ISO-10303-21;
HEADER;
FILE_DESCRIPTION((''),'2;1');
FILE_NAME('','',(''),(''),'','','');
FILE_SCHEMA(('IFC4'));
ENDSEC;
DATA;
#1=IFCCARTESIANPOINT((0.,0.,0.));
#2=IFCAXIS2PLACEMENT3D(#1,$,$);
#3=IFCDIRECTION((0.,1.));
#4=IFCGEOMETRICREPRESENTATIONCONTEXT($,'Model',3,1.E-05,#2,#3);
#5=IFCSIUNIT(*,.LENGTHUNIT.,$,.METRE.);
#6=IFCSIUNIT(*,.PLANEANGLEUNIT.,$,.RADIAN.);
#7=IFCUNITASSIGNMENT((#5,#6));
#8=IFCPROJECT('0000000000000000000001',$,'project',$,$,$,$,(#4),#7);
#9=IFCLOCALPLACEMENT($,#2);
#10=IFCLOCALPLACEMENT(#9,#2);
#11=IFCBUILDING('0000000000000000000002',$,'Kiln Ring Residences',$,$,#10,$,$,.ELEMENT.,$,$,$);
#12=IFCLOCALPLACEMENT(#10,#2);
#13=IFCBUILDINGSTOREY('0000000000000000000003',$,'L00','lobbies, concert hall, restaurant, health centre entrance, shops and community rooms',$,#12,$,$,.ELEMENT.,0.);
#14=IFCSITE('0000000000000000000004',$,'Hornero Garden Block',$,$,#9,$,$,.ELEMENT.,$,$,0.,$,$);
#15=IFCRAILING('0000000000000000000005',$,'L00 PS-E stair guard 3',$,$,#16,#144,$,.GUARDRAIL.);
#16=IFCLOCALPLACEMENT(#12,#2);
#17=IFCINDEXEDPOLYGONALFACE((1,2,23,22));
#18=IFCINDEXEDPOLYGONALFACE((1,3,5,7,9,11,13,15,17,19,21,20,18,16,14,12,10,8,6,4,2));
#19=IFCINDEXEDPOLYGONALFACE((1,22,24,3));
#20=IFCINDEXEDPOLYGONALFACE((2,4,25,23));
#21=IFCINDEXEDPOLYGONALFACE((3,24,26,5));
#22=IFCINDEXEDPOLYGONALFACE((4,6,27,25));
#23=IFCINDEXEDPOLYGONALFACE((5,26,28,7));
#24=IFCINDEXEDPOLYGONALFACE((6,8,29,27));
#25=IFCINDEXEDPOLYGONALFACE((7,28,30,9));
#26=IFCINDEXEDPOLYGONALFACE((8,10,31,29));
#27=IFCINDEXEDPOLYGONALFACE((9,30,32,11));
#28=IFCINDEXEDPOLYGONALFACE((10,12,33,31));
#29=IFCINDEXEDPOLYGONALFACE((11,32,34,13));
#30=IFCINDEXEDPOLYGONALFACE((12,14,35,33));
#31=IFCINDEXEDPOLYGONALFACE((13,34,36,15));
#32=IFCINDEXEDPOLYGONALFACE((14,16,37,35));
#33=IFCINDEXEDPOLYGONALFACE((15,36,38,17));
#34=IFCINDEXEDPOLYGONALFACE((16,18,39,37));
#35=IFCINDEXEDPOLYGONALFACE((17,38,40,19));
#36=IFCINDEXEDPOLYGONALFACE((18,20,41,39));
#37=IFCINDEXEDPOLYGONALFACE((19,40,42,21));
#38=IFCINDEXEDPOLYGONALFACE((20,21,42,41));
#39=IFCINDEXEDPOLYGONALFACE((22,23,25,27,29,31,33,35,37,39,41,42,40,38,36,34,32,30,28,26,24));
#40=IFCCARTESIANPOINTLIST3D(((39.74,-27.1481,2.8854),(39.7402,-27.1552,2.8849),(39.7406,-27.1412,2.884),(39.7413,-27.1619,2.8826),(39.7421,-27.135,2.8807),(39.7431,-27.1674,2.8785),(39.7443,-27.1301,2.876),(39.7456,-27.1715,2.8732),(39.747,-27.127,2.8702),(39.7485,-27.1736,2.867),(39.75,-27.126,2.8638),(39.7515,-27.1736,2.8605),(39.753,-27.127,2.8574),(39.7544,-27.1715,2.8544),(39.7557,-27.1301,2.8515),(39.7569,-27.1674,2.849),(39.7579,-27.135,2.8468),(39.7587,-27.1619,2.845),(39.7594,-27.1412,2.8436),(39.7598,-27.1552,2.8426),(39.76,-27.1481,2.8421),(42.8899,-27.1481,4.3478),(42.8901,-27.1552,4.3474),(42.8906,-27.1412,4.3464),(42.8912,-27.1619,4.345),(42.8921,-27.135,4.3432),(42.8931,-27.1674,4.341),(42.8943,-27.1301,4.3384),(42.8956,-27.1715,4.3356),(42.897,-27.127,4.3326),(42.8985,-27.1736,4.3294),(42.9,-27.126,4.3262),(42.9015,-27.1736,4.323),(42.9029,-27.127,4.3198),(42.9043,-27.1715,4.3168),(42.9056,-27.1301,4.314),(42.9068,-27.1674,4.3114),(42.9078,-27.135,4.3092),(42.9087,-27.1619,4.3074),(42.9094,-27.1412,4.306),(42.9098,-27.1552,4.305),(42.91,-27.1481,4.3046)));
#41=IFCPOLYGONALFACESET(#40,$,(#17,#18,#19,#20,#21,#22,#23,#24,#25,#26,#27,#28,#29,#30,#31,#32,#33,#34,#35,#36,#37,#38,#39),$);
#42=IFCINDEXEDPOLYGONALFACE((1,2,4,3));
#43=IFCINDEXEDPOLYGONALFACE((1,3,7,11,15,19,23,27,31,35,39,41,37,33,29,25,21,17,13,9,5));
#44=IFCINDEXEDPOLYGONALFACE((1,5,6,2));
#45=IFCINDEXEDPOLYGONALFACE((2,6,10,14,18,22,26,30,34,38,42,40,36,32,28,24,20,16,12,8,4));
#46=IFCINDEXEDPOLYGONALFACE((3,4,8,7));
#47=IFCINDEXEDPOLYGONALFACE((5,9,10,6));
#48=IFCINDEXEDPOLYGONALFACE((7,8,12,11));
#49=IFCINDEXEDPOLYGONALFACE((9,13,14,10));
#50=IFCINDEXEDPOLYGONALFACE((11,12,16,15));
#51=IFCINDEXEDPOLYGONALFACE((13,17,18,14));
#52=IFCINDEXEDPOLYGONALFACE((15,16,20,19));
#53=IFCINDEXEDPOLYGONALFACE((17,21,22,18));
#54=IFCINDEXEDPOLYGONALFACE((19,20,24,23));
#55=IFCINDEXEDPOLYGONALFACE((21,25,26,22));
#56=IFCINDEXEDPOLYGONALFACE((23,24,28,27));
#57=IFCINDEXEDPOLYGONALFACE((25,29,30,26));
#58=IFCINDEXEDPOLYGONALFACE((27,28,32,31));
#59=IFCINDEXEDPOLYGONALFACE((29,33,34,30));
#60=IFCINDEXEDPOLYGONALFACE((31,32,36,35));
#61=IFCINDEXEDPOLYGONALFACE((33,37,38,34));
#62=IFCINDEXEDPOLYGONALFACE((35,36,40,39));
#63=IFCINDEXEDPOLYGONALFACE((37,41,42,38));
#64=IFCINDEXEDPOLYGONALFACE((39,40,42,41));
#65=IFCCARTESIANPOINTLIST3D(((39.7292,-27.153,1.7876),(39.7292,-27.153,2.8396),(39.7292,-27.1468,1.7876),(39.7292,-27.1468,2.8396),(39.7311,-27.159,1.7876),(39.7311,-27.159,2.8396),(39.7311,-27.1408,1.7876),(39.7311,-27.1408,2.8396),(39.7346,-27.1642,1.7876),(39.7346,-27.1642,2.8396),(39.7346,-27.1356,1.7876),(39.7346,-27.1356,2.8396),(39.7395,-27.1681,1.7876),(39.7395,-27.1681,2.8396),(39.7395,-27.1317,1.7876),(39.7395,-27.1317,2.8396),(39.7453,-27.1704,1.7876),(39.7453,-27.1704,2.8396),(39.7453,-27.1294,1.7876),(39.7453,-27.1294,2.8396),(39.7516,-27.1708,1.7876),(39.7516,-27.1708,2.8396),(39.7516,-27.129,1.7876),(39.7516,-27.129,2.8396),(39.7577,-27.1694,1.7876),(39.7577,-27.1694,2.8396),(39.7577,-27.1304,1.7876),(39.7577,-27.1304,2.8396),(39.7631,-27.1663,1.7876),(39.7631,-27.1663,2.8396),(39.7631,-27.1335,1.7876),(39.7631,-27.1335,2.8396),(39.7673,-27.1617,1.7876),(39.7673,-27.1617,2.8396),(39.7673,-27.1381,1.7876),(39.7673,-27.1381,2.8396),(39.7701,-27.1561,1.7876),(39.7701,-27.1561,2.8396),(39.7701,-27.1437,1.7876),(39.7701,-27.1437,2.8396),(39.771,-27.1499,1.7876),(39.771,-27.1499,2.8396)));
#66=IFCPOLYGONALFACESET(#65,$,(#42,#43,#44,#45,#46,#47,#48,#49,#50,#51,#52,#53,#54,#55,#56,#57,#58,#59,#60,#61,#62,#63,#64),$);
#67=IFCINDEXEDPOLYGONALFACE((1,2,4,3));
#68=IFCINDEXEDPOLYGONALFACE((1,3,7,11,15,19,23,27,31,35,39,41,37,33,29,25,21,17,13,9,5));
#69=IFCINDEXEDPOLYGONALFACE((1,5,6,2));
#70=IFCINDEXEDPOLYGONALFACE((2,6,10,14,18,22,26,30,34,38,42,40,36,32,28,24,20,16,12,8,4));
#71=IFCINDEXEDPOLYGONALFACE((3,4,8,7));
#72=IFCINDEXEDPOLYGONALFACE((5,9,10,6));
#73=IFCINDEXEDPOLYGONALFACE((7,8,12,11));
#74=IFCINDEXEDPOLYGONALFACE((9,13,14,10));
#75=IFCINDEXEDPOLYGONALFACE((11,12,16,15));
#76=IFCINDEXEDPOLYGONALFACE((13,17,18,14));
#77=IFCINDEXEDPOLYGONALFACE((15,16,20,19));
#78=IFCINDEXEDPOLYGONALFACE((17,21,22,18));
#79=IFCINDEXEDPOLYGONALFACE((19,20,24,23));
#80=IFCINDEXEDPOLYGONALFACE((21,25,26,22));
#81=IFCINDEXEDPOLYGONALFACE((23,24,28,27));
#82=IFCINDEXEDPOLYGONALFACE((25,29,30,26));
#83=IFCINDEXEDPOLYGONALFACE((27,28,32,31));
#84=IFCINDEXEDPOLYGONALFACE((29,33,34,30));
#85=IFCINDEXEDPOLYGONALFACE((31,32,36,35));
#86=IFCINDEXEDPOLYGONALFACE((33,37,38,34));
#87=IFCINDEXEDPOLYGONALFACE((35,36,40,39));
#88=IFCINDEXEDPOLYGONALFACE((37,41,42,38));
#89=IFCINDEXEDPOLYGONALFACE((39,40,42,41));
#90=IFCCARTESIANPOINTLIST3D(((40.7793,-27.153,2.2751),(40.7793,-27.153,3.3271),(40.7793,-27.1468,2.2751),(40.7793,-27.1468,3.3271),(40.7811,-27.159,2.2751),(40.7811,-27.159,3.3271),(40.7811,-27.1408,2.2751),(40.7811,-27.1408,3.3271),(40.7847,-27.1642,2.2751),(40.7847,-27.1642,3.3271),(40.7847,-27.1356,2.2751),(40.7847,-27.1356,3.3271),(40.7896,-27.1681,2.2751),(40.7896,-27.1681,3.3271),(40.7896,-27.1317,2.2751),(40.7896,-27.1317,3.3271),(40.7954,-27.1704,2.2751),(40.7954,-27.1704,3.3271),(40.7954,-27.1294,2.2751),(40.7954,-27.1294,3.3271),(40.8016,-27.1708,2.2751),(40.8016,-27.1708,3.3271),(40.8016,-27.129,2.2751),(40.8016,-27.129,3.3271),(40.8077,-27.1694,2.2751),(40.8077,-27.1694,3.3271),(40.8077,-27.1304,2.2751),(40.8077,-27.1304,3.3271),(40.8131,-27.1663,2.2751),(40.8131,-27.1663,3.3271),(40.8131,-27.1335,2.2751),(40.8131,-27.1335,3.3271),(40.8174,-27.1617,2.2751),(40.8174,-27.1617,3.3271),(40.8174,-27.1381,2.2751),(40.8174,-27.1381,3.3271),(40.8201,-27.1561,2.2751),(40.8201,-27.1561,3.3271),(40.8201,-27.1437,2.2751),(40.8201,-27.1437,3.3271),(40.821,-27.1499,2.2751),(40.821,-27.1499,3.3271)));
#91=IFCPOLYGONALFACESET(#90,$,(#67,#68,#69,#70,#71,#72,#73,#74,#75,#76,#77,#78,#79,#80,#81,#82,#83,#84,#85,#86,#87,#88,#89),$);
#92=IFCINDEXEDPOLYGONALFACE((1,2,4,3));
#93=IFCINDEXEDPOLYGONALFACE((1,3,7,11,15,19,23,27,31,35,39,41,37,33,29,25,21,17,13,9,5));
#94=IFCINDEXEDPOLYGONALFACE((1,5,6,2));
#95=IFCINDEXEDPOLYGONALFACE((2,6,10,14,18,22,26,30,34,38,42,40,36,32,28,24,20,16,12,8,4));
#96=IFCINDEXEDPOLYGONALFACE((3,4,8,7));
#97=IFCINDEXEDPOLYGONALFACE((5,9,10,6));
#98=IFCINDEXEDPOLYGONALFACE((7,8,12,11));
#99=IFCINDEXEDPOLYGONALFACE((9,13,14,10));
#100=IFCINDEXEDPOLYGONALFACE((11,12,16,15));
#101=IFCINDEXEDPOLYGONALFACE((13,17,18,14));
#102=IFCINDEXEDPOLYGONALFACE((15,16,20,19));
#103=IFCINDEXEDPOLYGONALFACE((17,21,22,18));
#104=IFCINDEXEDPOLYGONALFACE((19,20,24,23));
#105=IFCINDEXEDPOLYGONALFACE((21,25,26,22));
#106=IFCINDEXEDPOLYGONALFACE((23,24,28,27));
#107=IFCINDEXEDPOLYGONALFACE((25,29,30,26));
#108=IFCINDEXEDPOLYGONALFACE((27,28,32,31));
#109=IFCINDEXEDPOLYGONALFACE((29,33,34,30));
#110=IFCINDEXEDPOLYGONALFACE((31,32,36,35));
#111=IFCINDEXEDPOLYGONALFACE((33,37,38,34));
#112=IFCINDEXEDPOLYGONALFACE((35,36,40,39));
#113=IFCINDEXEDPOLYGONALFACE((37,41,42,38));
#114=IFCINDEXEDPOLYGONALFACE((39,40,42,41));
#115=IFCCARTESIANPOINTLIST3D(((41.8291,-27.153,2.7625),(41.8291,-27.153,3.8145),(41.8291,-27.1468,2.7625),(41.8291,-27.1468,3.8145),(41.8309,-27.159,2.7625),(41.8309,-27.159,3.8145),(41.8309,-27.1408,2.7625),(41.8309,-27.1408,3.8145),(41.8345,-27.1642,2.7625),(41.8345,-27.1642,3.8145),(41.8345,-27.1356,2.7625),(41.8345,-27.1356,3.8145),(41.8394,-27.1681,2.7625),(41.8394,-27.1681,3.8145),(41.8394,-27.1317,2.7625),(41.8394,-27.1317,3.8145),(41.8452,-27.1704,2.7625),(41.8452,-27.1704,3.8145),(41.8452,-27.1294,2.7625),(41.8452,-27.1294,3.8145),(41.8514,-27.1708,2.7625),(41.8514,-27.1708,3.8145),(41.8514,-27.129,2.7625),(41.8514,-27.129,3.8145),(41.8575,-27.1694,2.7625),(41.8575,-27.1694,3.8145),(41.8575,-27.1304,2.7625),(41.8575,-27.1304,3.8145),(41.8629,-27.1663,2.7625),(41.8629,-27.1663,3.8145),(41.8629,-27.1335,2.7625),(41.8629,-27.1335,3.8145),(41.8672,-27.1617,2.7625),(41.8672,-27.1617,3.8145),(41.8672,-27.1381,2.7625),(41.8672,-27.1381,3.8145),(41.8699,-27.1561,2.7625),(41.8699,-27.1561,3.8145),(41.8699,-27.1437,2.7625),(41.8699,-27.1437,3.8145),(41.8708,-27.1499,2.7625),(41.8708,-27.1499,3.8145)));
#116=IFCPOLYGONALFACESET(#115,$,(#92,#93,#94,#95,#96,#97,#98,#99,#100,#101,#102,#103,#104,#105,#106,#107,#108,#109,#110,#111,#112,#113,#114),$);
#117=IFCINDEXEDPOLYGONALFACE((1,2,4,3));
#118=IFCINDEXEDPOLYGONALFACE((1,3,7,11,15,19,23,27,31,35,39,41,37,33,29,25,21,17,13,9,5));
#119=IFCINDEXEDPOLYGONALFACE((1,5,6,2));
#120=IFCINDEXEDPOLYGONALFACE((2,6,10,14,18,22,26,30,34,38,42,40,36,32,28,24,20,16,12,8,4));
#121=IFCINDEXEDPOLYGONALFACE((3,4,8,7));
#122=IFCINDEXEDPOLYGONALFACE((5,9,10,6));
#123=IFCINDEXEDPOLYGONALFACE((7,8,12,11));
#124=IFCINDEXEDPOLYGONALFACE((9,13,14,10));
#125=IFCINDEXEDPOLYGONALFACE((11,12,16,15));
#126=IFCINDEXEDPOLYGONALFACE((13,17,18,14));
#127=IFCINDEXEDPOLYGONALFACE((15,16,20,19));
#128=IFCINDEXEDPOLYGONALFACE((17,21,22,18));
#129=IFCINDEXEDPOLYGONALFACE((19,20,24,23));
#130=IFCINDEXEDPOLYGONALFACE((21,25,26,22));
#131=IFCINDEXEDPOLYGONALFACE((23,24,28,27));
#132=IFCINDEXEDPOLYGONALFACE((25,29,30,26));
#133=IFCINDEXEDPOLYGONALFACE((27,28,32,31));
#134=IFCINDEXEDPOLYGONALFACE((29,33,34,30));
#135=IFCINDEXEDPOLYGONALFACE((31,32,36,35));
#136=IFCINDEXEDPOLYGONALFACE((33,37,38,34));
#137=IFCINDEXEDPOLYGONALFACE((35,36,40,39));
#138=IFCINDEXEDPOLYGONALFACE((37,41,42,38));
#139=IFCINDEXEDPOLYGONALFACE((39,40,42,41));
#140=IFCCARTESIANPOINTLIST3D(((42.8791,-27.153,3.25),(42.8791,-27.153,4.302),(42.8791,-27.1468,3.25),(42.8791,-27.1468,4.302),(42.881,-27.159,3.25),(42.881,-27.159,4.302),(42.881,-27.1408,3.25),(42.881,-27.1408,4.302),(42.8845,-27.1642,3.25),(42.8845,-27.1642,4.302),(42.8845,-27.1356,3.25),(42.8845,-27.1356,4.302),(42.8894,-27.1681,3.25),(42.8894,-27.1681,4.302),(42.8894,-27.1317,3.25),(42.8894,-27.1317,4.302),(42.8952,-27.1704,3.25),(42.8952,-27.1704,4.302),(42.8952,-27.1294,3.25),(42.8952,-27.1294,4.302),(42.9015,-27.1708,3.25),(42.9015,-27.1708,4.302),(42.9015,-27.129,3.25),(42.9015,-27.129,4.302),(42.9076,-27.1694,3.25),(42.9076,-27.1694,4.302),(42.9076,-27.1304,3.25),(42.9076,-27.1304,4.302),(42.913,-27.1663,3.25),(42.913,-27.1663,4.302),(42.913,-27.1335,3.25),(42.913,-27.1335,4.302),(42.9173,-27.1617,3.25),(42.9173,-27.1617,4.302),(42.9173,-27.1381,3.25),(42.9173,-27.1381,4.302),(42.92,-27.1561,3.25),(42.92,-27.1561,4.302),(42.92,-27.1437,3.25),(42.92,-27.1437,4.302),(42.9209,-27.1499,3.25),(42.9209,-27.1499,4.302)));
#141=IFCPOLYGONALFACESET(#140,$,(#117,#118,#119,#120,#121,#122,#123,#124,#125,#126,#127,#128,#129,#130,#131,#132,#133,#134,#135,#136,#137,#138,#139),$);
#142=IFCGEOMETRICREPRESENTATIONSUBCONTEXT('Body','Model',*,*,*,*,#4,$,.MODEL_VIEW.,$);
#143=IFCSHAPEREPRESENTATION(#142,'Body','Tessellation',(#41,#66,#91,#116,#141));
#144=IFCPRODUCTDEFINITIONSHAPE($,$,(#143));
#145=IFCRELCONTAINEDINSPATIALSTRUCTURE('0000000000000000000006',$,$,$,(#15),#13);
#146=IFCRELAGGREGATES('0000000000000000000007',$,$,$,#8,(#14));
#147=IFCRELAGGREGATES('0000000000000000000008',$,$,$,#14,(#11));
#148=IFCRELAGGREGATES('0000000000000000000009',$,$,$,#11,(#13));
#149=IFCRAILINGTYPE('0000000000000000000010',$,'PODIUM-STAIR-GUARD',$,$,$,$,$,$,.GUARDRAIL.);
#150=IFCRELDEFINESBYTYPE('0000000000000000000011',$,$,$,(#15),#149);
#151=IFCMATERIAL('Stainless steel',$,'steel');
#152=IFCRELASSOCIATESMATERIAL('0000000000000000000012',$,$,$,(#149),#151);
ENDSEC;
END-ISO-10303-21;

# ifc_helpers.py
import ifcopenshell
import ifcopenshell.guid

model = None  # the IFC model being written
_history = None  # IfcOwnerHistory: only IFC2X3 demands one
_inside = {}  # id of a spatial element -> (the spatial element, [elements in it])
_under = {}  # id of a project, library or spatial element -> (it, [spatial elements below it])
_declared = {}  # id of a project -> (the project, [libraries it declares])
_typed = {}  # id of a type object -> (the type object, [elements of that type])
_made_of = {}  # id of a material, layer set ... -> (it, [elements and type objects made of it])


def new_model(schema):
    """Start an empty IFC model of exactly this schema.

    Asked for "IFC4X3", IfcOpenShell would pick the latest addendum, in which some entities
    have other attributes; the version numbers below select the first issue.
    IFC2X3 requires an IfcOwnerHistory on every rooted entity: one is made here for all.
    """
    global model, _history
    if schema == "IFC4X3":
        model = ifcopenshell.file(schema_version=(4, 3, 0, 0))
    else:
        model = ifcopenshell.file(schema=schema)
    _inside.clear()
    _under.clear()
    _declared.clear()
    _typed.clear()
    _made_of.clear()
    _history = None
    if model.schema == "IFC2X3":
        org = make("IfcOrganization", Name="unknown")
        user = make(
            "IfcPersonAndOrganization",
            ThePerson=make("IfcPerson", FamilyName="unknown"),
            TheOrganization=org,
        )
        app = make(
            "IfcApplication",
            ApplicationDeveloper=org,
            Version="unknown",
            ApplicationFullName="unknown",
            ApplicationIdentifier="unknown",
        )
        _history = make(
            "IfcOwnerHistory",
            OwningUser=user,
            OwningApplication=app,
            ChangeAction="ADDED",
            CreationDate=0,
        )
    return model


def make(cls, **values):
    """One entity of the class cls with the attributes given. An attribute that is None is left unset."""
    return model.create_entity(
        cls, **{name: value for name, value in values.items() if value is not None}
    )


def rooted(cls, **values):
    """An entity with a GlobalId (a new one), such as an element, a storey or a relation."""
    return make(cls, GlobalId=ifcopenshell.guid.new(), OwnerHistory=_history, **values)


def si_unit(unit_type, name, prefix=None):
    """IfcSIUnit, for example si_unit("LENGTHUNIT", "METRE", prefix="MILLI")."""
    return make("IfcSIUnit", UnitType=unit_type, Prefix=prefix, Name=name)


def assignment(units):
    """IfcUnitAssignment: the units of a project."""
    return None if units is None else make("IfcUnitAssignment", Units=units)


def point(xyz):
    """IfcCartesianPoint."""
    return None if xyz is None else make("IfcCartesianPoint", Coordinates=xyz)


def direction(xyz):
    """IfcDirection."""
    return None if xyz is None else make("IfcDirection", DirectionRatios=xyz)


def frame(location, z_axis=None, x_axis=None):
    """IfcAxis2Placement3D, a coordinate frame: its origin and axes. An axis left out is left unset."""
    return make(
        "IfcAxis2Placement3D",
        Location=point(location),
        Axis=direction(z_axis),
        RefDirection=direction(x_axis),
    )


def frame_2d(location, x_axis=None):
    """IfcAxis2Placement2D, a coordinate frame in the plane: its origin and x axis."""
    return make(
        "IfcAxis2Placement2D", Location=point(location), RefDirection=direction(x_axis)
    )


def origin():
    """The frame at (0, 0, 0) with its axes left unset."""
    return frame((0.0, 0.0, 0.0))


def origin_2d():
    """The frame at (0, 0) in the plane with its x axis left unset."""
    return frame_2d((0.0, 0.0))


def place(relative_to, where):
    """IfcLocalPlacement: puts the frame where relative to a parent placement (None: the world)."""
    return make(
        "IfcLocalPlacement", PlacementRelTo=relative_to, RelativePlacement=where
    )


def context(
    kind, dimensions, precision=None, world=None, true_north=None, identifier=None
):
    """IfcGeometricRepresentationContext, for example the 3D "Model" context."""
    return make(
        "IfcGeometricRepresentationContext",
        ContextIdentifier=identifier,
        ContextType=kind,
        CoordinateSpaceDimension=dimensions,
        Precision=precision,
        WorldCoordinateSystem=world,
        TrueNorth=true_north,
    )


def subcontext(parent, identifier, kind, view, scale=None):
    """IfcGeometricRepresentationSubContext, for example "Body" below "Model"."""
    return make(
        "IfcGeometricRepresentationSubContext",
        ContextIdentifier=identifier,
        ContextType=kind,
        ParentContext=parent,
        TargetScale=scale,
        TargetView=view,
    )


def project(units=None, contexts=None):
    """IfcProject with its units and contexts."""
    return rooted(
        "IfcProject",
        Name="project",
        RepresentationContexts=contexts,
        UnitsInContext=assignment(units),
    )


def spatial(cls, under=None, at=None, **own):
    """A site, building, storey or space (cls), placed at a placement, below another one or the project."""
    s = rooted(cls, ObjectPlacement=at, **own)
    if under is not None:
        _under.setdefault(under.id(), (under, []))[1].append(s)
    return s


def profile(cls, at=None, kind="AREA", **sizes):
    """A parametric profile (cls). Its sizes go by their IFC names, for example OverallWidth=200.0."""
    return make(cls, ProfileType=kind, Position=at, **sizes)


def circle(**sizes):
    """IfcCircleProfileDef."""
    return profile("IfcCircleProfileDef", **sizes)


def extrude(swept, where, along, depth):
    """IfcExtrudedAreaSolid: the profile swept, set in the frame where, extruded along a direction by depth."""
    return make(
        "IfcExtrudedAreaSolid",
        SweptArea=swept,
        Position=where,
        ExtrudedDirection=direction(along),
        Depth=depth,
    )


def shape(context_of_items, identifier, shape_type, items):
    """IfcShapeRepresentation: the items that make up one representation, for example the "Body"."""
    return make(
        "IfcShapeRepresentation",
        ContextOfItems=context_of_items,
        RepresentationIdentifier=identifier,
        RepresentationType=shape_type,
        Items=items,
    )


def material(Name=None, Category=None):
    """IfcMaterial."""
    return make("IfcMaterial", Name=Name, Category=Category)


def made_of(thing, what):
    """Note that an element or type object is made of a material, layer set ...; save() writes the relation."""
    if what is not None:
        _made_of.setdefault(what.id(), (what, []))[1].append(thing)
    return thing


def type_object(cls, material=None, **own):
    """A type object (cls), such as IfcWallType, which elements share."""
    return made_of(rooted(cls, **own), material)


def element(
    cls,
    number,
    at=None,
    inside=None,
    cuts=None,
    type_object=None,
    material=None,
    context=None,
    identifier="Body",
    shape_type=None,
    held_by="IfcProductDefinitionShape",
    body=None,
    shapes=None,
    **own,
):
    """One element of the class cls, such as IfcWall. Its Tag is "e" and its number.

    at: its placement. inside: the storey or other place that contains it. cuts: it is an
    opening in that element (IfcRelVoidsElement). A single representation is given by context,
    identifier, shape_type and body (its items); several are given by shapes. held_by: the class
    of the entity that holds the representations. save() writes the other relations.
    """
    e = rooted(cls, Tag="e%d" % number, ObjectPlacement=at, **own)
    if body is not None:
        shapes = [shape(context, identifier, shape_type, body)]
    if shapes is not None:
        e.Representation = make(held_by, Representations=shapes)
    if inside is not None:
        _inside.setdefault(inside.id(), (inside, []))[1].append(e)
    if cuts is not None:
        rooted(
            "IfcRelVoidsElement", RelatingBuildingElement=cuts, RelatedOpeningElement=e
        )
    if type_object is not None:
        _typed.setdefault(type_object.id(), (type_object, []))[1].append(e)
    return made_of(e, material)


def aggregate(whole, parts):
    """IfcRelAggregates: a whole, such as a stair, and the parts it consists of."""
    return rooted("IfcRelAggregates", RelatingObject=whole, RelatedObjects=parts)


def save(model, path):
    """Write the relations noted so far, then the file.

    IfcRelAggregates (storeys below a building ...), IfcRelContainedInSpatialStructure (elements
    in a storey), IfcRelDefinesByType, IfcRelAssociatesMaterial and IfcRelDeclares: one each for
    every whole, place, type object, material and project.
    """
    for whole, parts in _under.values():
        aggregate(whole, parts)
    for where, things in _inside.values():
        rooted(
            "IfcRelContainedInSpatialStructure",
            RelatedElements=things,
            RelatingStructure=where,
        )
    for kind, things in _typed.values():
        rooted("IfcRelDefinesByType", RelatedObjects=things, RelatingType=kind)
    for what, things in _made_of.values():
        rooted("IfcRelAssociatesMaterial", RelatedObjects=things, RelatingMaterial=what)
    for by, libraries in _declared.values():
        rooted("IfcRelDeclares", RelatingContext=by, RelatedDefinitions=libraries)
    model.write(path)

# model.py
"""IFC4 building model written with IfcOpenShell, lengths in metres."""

from ifc_helpers import new_model, si_unit, direction, frame, origin, origin_2d, place, context, subcontext, project, spatial, circle, extrude, material, type_object, element, save


model = new_model("IFC4")

# Units and contexts
model_context = context("Model", 3, precision=1e-05, world=origin(), true_north=direction((0.0, 1.0)))
body_context = subcontext(model_context, "Body", "Model", "MODEL_VIEW")
ifc_project = project(units=[si_unit("LENGTHUNIT", "METRE"), si_unit("PLANEANGLEUNIT", "RADIAN")], contexts=[model_context])

# Site, building, storey
site_placement = place(None, origin())
site = spatial("IfcSite", under=ifc_project, at=site_placement, Name="Hornero Garden Block", CompositionType="ELEMENT", RefElevation=0.0)
building_placement = place(site_placement, origin())
building = spatial("IfcBuilding", under=site, at=building_placement, Name="Kiln Ring Residences", CompositionType="ELEMENT")
storey_placement = place(building_placement, origin())
storey = spatial("IfcBuildingStorey", under=building, at=storey_placement, Name="L00", Description="lobbies, concert hall, restaurant, health centre entrance, shops and community rooms", CompositionType="ELEMENT", Elevation=0.0)

# Railing
ifc_material_1 = material(Name="Stainless steel", Category="steel")
railing_type_1 = type_object("IfcRailingType", Name="PODIUM-STAIR-GUARD", PredefinedType="GUARDRAIL", material=ifc_material_1)
railing_1_placement = place(storey_placement, frame((39.75, -27.1499, 1.7876)))
element("IfcRailing", 1, at=railing_1_placement, inside=storey, type_object=railing_type_1, Name="L00 PS-E stair guard 3", PredefinedType="GUARDRAIL", context=body_context, shape_type="SweptSolid", body=[
    extrude(circle(Radius=0.0239, at=origin_2d()), frame((0.0, 0.0, 1.0762), z_axis=(0.907015, 0.0, 0.421099), x_axis=(0.0, 1.0, 0.0)), (0.0, 0.0, 1.0), 3.4729),
    extrude(circle(Radius=0.021, at=origin_2d()), origin(), (0.0, 0.0, 1.0), 1.052),
    extrude(circle(Radius=0.021, at=origin_2d()), frame((1.05, 0.0, 0.4875)), (0.0, 0.0, 1.0), 1.052),
    extrude(circle(Radius=0.021, at=origin_2d()), frame((2.0999, 0.0, 0.9749)), (0.0, 0.0, 1.0), 1.052),
    extrude(circle(Radius=0.021, at=origin_2d()), frame((3.1499, 0.0, 1.4624)), (0.0, 0.0, 1.0), 1.052),
])

save(model, "model.ifc")
